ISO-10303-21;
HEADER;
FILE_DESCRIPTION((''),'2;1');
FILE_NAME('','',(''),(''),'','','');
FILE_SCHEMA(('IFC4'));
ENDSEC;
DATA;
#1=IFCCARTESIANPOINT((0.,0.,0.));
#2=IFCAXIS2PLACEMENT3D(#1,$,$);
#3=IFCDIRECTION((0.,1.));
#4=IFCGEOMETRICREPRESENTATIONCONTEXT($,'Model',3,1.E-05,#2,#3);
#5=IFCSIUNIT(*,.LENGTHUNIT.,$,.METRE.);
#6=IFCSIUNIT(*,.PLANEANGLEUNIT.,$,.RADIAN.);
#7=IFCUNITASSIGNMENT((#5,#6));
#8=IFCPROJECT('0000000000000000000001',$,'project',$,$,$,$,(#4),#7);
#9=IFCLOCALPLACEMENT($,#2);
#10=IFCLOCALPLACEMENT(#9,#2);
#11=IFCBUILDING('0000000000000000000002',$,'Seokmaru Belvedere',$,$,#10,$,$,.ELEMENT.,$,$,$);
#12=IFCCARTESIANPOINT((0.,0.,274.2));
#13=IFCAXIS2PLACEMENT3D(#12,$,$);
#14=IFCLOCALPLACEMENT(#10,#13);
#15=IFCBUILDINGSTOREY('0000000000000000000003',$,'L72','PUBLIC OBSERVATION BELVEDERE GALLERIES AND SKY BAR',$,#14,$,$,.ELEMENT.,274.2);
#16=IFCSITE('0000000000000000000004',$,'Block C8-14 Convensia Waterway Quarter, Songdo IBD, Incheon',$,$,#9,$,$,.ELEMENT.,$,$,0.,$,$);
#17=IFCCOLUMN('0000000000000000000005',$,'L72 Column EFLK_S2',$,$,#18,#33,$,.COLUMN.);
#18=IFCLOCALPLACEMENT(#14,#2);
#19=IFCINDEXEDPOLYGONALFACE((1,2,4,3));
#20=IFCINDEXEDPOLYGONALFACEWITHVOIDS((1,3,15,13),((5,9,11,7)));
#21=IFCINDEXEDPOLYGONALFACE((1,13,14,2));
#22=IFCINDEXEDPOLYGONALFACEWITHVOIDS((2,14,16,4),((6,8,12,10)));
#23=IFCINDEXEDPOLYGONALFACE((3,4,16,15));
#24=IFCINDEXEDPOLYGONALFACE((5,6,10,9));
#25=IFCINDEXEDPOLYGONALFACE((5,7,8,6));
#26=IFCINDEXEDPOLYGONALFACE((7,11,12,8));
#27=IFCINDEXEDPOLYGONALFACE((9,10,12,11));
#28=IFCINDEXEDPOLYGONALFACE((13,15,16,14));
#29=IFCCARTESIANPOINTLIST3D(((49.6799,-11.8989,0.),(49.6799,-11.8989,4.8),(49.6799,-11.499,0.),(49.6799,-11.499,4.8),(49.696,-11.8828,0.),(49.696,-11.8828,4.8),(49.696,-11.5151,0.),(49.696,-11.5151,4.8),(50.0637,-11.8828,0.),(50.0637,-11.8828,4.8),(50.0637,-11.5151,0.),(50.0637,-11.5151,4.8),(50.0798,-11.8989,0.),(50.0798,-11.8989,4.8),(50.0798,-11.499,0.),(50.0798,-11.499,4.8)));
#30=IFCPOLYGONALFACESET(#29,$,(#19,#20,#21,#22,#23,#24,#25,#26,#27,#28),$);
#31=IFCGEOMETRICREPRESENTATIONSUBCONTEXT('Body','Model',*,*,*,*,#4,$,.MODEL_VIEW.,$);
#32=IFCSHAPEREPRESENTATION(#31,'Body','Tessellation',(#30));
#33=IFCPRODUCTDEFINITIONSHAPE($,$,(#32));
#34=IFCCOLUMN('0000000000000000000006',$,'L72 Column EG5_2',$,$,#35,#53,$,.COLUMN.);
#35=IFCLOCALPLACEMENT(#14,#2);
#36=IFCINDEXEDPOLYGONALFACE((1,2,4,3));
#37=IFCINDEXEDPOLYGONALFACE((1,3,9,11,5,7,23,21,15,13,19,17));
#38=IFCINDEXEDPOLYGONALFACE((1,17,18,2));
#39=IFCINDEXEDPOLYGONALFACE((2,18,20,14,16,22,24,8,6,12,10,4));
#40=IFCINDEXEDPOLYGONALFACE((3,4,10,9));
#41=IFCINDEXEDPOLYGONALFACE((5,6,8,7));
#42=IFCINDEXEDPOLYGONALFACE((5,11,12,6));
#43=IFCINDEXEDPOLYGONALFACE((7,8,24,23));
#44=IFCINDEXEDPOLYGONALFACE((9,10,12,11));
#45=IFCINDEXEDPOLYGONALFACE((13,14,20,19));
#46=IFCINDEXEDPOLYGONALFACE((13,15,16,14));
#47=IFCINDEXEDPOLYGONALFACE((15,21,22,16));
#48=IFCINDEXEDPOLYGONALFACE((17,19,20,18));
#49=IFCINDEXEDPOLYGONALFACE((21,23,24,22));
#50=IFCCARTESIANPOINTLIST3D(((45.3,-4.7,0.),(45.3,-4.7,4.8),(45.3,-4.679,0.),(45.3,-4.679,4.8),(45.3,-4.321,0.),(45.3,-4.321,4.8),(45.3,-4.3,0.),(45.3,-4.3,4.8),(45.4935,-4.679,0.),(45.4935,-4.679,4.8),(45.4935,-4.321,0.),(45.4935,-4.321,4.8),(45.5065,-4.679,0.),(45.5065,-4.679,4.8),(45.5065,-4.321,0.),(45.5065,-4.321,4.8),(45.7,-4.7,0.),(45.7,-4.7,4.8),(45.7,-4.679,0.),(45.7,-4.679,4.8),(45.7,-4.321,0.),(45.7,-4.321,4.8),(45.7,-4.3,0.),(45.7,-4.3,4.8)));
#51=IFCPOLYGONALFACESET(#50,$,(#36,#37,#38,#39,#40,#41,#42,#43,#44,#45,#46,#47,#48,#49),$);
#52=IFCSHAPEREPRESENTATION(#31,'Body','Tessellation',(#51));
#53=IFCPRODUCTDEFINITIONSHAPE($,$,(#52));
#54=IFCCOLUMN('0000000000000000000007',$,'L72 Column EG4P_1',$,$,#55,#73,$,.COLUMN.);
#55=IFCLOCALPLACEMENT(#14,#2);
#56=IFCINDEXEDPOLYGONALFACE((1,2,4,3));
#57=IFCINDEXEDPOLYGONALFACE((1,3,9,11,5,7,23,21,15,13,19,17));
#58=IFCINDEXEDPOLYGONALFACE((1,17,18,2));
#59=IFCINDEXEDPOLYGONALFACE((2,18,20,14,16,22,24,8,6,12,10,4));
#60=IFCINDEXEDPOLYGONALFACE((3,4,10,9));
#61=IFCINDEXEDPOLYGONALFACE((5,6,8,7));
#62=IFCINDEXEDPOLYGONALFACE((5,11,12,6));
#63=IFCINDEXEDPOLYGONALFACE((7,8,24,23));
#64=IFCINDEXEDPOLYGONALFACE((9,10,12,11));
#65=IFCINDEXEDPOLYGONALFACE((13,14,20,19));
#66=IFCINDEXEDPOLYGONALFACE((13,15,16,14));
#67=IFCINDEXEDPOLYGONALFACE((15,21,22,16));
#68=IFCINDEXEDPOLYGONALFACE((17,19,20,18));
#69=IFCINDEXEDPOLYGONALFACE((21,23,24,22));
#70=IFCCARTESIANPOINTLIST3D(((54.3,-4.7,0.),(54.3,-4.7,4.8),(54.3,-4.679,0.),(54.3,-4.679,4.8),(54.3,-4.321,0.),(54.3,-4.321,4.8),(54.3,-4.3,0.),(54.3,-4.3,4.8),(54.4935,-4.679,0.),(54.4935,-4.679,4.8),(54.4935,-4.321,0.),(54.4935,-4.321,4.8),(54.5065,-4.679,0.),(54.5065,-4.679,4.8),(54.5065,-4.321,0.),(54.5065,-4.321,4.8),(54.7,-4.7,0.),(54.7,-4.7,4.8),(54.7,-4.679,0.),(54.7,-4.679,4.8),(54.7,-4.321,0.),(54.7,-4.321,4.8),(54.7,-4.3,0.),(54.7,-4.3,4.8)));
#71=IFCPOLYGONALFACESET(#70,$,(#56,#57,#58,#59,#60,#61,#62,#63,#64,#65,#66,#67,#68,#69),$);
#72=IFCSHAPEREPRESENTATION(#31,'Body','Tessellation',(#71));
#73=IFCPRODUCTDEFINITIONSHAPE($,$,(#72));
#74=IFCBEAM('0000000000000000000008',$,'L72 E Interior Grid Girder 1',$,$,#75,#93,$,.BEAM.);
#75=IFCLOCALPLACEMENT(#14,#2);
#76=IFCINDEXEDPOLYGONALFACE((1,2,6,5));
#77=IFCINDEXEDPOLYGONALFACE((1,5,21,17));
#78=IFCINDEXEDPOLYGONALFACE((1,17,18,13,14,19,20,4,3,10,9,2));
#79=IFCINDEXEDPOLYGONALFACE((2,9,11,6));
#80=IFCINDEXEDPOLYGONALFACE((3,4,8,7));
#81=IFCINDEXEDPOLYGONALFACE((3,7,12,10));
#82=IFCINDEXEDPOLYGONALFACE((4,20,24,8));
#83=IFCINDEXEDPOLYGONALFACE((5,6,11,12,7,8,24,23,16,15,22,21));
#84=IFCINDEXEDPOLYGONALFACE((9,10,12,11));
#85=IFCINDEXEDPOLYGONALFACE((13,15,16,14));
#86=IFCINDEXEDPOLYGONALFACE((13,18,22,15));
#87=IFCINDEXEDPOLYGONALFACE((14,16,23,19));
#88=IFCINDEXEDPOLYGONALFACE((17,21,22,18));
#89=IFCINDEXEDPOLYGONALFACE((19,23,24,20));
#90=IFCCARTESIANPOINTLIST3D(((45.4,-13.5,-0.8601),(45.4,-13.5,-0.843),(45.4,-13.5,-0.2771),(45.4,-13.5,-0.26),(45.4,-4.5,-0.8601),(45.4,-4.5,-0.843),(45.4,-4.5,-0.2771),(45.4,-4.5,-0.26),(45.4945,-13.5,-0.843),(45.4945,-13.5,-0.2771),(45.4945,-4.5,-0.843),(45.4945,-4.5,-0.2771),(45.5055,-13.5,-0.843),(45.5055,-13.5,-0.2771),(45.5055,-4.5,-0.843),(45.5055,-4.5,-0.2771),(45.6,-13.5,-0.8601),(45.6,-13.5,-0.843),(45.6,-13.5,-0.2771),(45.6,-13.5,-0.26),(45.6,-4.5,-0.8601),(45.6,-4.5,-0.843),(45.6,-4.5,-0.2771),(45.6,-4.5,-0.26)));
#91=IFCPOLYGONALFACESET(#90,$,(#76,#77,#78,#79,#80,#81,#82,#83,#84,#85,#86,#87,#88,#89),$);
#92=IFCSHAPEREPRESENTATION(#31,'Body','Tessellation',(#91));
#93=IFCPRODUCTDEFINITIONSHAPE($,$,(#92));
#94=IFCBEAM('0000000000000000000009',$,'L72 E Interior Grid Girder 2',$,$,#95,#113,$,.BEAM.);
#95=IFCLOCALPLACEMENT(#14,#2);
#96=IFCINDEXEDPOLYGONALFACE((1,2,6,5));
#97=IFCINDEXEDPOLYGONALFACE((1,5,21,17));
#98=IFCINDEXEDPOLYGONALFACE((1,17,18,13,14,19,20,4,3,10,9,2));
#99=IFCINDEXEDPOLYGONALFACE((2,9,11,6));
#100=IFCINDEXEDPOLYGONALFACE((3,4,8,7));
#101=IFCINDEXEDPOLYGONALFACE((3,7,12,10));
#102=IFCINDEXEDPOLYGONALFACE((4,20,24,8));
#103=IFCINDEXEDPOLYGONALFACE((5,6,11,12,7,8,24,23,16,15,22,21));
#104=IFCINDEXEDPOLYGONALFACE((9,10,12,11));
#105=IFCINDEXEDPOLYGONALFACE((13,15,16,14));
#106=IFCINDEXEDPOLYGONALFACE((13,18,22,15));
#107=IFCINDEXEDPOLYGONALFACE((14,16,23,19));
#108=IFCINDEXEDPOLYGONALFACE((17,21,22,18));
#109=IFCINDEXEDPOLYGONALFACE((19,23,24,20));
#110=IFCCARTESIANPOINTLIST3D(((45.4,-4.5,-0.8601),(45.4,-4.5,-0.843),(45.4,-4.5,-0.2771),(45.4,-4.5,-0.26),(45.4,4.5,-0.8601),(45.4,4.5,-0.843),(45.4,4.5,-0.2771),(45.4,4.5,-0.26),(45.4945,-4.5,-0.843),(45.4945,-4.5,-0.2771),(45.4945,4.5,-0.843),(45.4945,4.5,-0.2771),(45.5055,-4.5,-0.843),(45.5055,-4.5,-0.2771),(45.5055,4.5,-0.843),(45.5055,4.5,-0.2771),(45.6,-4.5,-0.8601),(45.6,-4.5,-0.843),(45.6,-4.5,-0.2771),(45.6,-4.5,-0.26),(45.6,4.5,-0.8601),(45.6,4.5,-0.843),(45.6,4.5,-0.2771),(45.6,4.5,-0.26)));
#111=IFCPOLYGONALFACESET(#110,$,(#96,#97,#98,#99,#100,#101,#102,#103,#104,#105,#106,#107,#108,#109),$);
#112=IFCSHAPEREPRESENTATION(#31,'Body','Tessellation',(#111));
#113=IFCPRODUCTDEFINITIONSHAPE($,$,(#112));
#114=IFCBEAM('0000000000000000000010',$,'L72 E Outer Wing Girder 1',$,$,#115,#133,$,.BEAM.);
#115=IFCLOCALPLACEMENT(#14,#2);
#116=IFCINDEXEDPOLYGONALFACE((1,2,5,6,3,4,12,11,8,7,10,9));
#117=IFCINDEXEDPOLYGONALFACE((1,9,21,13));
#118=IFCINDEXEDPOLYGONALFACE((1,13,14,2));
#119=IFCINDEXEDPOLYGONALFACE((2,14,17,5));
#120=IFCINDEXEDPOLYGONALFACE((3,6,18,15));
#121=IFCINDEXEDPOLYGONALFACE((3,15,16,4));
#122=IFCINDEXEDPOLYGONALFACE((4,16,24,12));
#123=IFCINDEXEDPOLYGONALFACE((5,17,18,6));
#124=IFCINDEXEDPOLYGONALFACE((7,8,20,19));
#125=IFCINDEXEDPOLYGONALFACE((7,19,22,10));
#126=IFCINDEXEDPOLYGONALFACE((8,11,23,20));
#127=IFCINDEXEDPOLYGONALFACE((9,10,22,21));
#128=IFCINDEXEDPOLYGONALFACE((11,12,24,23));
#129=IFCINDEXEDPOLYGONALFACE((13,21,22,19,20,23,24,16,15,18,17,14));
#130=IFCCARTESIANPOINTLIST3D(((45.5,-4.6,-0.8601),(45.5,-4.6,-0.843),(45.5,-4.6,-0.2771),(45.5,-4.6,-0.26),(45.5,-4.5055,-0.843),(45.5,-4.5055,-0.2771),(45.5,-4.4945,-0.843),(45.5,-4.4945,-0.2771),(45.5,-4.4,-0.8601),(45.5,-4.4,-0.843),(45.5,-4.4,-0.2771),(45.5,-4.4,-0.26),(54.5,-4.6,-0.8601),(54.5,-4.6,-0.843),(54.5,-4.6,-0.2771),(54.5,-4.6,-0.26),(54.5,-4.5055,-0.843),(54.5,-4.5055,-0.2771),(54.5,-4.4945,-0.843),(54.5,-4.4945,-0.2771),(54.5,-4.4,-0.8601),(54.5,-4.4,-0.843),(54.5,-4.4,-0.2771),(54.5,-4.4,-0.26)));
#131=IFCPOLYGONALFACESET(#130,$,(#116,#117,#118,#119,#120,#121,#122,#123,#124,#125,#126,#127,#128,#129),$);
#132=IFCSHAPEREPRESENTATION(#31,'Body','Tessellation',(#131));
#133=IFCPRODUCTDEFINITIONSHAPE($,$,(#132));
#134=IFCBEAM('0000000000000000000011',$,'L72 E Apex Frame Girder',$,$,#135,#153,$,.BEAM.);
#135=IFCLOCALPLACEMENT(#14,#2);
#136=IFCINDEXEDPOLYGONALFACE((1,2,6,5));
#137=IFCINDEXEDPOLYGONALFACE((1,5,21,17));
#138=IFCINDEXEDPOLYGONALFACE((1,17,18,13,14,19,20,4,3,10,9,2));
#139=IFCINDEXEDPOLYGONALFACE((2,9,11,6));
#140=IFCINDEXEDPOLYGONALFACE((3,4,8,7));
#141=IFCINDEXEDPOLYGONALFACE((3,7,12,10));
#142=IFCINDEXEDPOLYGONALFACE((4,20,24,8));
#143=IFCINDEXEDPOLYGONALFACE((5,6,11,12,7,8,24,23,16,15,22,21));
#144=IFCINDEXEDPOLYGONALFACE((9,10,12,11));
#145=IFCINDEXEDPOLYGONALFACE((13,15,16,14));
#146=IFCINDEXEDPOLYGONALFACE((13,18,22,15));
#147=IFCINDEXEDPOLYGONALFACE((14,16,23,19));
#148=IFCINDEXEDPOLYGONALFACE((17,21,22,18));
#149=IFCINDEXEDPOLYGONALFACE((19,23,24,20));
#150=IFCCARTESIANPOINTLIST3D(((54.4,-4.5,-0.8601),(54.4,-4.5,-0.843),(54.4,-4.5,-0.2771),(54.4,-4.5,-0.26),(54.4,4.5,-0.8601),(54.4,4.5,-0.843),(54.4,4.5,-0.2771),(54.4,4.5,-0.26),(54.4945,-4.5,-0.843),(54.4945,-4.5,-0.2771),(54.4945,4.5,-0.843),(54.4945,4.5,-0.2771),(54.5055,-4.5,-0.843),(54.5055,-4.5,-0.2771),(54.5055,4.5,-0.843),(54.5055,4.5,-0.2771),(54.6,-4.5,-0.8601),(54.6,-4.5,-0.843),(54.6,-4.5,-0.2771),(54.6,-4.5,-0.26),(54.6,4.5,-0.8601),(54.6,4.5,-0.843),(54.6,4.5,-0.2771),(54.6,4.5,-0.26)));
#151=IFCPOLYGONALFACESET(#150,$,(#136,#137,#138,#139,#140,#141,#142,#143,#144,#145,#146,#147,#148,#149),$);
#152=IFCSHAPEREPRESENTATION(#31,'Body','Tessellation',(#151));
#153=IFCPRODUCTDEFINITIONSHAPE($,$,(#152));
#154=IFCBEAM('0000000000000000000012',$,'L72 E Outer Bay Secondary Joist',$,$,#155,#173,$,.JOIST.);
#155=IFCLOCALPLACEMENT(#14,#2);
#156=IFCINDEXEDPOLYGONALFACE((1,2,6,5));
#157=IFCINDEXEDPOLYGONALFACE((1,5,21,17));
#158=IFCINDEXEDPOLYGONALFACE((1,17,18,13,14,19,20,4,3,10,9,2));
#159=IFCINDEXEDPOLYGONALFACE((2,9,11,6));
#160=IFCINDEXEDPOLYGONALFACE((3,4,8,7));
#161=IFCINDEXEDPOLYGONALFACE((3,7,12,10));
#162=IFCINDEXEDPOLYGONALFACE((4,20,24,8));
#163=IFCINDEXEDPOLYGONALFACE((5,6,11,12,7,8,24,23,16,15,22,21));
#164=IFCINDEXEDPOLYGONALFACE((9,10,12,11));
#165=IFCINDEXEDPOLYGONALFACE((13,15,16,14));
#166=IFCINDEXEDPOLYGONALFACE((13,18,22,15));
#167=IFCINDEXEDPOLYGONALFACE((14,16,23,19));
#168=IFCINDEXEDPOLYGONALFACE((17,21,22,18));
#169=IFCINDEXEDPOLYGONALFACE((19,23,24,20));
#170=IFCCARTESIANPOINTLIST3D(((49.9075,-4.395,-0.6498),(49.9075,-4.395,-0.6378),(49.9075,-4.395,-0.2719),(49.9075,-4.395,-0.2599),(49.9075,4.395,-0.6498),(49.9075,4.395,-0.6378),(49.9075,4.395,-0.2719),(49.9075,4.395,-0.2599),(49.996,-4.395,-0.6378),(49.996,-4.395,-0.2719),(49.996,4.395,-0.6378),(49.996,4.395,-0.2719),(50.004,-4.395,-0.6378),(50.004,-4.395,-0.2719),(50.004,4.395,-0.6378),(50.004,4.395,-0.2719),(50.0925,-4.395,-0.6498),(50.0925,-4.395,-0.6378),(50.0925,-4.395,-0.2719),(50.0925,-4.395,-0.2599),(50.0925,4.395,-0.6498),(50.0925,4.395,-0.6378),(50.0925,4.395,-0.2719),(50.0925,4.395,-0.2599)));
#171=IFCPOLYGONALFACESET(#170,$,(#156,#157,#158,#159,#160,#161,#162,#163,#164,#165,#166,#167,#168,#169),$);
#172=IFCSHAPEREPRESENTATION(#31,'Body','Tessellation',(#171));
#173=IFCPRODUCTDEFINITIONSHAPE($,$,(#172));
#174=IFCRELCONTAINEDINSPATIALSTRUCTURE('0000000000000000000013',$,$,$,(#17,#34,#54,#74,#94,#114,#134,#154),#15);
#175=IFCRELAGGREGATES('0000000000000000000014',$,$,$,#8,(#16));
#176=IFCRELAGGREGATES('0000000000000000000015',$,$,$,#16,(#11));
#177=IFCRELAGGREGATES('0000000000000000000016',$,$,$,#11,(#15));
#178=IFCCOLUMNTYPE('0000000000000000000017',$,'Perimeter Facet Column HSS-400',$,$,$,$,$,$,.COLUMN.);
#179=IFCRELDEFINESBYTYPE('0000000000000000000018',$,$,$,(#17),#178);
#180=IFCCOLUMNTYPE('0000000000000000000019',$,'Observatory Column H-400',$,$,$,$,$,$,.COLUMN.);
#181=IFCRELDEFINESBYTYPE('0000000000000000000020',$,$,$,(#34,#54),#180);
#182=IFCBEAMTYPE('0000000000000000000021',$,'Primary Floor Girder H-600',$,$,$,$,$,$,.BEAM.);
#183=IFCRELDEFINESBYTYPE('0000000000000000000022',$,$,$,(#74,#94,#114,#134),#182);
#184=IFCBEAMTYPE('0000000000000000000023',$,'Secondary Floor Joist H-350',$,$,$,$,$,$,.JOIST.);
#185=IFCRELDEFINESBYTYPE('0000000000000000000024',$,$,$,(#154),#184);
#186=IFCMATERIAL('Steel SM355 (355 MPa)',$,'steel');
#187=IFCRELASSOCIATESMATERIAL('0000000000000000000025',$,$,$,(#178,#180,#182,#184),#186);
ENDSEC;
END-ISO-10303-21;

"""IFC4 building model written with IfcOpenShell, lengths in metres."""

from ifc_helpers import new_model, si_unit, direction, frame, origin, origin_2d, place, context, subcontext, project, spatial, hollow_rectangle, i_section, extrude, source, transform, mapped, material, material_profile, profile_set, type_object, type_shapes, element, save


model = new_model("IFC4")

# Units and contexts
model_context = context("Model", 3, precision=1e-05, world=origin(), true_north=direction((0.0, 1.0)))
body_context = subcontext(model_context, "Body", "Model", "MODEL_VIEW")
ifc_project = project(units=[si_unit("LENGTHUNIT", "METRE"), si_unit("PLANEANGLEUNIT", "RADIAN")], contexts=[model_context])

# Site, building, storey
site_placement = place(None, origin())
site = spatial("IfcSite", under=ifc_project, at=site_placement, Name="Block C8-14 Convensia Waterway Quarter, Songdo IBD, Incheon", CompositionType="ELEMENT", RefElevation=0.0)
building_placement = place(site_placement, origin())
building = spatial("IfcBuilding", under=site, at=building_placement, Name="Seokmaru Belvedere", CompositionType="ELEMENT")
storey_placement = place(building_placement, frame((0.0, 0.0, 274.2)))
storey = spatial("IfcBuildingStorey", under=building, at=storey_placement, Name="L72", Description="PUBLIC OBSERVATION BELVEDERE GALLERIES AND SKY BAR", CompositionType="ELEMENT", Elevation=274.2)

# Columns
ifc_material_1 = material(Name="Steel SM355 (355 MPa)", Category="steel")
ifc_material_profile_1 = material_profile(ifc_material_1, hollow_rectangle(XDim=0.3999, YDim=0.3999, WallThickness=0.0161, at=origin_2d()), Name="HSS-400x400x16")
ifc_profile_set_1 = profile_set([ifc_material_profile_1], Name="Steel SM355 (355 MPa)")
column_type_1 = type_object("IfcColumnType", Name="Perimeter Facet Column HSS-400", PredefinedType="COLUMN", material=ifc_profile_set_1)
shared_shape_1 = source(origin(), body_context, "Body", "SweptSolid", [
    extrude(hollow_rectangle(XDim=0.3999, YDim=0.3999, WallThickness=0.0161, at=origin_2d()), origin(), (0.0, 0.0, 1.0), 4.8),
])
type_shapes(column_type_1, [shared_shape_1])
column_placement = place(storey_placement, frame((49.8799, -11.699, 0.0), z_axis=(0.0, 0.0, 1.0), x_axis=(1.0, 0.0, 0.0)))
element("IfcColumn", 1, at=column_placement, inside=storey, type_object=column_type_1, Name="L72 Column EFLK_S2", PredefinedType="COLUMN", context=body_context, shape_type="MappedRepresentation", body=[
    mapped(shared_shape_1, transform((0.0, 0.0, 0.0), scale=1.0)),
])
ifc_material_profile_2 = material_profile(ifc_material_1, i_section(OverallWidth=0.3999, OverallDepth=0.3999, WebThickness=0.0129, FlangeThickness=0.021, at=origin_2d()), Name="H-400x400x13x21")
ifc_profile_set_2 = profile_set([ifc_material_profile_2], Name="Steel SM355 (355 MPa)")
column_type_2 = type_object("IfcColumnType", Name="Observatory Column H-400", PredefinedType="COLUMN", material=ifc_profile_set_2)
shared_shape_2 = source(origin(), body_context, "Body", "SweptSolid", [
    extrude(i_section(OverallWidth=0.3999, OverallDepth=0.3999, WebThickness=0.0129, FlangeThickness=0.021, at=origin_2d()), origin(), (0.0, 0.0, 1.0), 4.8),
])
type_shapes(column_type_2, [shared_shape_2])
for number, where, z_axis, x_axis, name in (
    (2, (45.5, -4.5, 0.0), (0.0, 0.0, 1.0), (1.0, 0.0, 0.0), "L72 Column EG5_2"),
    (3, (54.5, -4.5, 0.0), (0.0, 0.0, 1.0), (1.0, 0.0, 0.0), "L72 Column EG4P_1"),
):
    element("IfcColumn", number, at=place(storey_placement, frame(where, z_axis=z_axis, x_axis=x_axis)), inside=storey, type_object=column_type_2, Name=name, PredefinedType="COLUMN", context=body_context, shape_type="MappedRepresentation", body=[
        mapped(shared_shape_2, transform((0.0, 0.0, 0.0), scale=1.0)),
    ])

# Beams
ifc_material_profile_3 = material_profile(ifc_material_1, i_section(OverallWidth=0.2, OverallDepth=0.6001, WebThickness=0.011, FlangeThickness=0.0171, at=origin_2d()), Name="H-600x200x11x17")
ifc_profile_set_3 = profile_set([ifc_material_profile_3], Name="Steel SM355 (355 MPa)")
beam_type_1 = type_object("IfcBeamType", Name="Primary Floor Girder H-600", PredefinedType="BEAM", material=ifc_profile_set_3)
shared_shape_3 = source(origin(), body_context, "Body", "SweptSolid", [
    extrude(i_section(OverallWidth=0.2, OverallDepth=0.6001, WebThickness=0.011, FlangeThickness=0.0171, at=origin_2d()), origin(), (0.0, 0.0, 1.0), 9.0),
])
for number, where, z_axis, x_axis, name in (
    (4, (45.5, -13.5, -0.5601), (0.0, 1.0, 0.0), (-1.0, 0.0, 0.0), "L72 E Interior Grid Girder 1"),
    (5, (45.5, -4.5, -0.5601), (0.0, 1.0, 0.0), (-1.0, 0.0, 0.0), "L72 E Interior Grid Girder 2"),
    (6, (45.5, -4.5, -0.5601), (1.0, 0.0, 0.0), (0.0, 1.0, 0.0), "L72 E Outer Wing Girder 1"),
    (7, (54.5, -4.5, -0.5601), (0.0, 1.0, 0.0), (-1.0, 0.0, 0.0), "L72 E Apex Frame Girder"),
):
    element("IfcBeam", number, at=place(storey_placement, frame(where, z_axis=z_axis, x_axis=x_axis)), inside=storey, type_object=beam_type_1, Name=name, PredefinedType="BEAM", context=body_context, shape_type="MappedRepresentation", body=[
        mapped(shared_shape_3, transform((0.0, 0.0, 0.0), scale=1.0)),
    ])
ifc_material_profile_4 = material_profile(ifc_material_1, i_section(OverallWidth=0.1851, OverallDepth=0.3899, WebThickness=0.0081, FlangeThickness=0.012, at=origin_2d()), Name="H-390x185x8x12")
ifc_profile_set_4 = profile_set([ifc_material_profile_4], Name="Steel SM355 (355 MPa)")
beam_type_2 = type_object("IfcBeamType", Name="Secondary Floor Joist H-350", PredefinedType="JOIST", material=ifc_profile_set_4)
shared_shape_4 = source(origin(), body_context, "Body", "SweptSolid", [
    extrude(i_section(OverallWidth=0.1851, OverallDepth=0.3899, WebThickness=0.0081, FlangeThickness=0.012, at=origin_2d()), origin(), (0.0, 0.0, 1.0), 8.79),
])
type_shapes(beam_type_2, [shared_shape_4])
beam_1_placement = place(storey_placement, frame((50.0, -4.395, -0.4548), z_axis=(0.0, 1.0, 0.0), x_axis=(-1.0, 0.0, 0.0)))
element("IfcBeam", 8, at=beam_1_placement, inside=storey, type_object=beam_type_2, Name="L72 E Outer Bay Secondary Joist", PredefinedType="JOIST", context=body_context, shape_type="MappedRepresentation", body=[
    mapped(shared_shape_4, transform((0.0, 0.0, 0.0), scale=1.0)),
])

save(model, "model.ifc")
